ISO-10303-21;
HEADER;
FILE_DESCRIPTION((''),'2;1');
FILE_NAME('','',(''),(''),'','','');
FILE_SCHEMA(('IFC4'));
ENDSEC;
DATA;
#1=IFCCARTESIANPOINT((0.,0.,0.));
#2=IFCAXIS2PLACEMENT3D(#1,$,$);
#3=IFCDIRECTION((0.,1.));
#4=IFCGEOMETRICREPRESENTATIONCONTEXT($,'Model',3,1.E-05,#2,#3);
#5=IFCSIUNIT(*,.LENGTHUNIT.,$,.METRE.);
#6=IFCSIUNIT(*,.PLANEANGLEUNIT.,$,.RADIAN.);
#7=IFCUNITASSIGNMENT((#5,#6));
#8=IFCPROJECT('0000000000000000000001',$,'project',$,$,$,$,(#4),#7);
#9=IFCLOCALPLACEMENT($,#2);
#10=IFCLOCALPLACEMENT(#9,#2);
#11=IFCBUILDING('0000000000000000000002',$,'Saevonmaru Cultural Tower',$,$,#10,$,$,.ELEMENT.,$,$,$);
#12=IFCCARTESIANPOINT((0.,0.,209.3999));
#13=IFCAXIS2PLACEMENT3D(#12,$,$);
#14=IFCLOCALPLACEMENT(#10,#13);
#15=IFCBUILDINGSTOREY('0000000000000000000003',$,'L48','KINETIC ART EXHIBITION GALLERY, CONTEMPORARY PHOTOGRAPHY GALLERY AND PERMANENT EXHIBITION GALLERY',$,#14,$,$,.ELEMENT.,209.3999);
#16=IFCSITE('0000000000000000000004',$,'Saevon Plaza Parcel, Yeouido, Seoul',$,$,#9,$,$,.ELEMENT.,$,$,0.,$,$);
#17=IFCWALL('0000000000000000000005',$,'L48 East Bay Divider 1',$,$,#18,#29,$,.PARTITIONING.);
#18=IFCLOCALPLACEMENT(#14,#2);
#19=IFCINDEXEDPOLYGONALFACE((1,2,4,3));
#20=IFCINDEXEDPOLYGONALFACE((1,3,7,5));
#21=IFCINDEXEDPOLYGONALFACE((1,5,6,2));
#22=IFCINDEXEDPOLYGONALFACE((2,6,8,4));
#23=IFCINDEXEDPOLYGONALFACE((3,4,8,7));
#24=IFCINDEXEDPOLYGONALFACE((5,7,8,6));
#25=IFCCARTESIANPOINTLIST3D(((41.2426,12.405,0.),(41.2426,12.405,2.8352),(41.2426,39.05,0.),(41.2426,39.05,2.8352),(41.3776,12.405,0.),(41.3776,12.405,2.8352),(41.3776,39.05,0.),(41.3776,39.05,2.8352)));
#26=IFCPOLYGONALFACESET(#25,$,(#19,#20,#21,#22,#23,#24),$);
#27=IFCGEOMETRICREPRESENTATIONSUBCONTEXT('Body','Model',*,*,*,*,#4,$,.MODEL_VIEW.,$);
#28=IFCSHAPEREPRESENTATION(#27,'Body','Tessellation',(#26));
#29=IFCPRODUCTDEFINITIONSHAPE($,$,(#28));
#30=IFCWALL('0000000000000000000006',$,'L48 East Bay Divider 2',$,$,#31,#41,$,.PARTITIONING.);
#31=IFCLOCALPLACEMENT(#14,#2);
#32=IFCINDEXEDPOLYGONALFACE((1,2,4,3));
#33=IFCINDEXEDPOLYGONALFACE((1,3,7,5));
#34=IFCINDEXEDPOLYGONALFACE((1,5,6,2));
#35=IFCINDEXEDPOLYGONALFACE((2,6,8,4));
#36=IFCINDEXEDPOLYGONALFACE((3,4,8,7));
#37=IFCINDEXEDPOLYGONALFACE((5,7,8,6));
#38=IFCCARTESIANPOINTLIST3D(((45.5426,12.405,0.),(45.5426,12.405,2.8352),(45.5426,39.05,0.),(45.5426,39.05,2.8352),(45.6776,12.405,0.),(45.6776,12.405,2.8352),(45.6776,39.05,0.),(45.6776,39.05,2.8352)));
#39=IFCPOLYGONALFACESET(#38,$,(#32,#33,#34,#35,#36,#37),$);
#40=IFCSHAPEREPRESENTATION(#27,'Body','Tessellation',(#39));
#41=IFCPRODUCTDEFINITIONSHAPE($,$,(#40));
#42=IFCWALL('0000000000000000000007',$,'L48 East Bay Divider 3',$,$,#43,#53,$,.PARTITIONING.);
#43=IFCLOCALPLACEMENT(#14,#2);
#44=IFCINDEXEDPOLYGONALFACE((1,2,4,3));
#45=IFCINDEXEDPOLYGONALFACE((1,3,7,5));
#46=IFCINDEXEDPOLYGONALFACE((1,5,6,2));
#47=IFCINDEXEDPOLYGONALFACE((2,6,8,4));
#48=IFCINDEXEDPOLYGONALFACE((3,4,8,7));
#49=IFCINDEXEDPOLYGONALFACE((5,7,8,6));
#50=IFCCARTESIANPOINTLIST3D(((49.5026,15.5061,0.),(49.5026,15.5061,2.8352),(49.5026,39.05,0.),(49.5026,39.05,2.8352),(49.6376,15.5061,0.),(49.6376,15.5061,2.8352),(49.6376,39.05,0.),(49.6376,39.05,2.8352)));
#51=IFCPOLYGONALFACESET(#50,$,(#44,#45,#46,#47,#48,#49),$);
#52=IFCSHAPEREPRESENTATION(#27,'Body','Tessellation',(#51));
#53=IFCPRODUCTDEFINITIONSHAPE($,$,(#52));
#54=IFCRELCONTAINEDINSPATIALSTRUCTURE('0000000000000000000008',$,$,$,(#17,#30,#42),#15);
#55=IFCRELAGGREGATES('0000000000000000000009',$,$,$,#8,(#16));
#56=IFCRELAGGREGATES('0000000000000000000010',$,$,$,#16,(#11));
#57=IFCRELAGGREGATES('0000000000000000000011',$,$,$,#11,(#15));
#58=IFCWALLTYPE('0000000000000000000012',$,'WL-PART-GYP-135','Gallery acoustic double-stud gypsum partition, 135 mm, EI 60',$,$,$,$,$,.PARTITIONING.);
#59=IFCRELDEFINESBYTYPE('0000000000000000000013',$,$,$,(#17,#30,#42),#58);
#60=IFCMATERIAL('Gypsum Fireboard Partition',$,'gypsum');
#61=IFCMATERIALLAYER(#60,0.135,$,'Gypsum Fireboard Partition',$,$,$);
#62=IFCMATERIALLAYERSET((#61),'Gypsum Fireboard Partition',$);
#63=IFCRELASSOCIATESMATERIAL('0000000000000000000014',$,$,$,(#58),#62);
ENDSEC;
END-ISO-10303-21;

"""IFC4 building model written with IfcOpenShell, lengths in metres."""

from ifc_helpers import new_model, si_unit, direction, frame, frame_2d, origin, place, context, subcontext, project, spatial, rectangle, extrude, material, layer, layer_set, type_object, element, save


model = new_model("IFC4")

# Units and contexts
model_context = context("Model", 3, precision=1e-05, world=origin(), true_north=direction((0.0, 1.0)))
body_context = subcontext(model_context, "Body", "Model", "MODEL_VIEW")
ifc_project = project(units=[si_unit("LENGTHUNIT", "METRE"), si_unit("PLANEANGLEUNIT", "RADIAN")], contexts=[model_context])

# Site, building, storey
site_placement = place(None, origin())
site = spatial("IfcSite", under=ifc_project, at=site_placement, Name="Saevon Plaza Parcel, Yeouido, Seoul", CompositionType="ELEMENT", RefElevation=0.0)
building_placement = place(site_placement, origin())
building = spatial("IfcBuilding", under=site, at=building_placement, Name="Saevonmaru Cultural Tower", CompositionType="ELEMENT")
storey_placement = place(building_placement, frame((0.0, 0.0, 209.3999)))
storey = spatial("IfcBuildingStorey", under=building, at=storey_placement, Name="L48", Description="KINETIC ART EXHIBITION GALLERY, CONTEMPORARY PHOTOGRAPHY GALLERY AND PERMANENT EXHIBITION GALLERY", CompositionType="ELEMENT", Elevation=209.3999)

# Walls
ifc_material_1 = material(Name="Gypsum Fireboard Partition", Category="gypsum")
ifc_layer_1 = layer(ifc_material_1, 0.135, Name="Gypsum Fireboard Partition")
ifc_layer_set_1 = layer_set([ifc_layer_1], Name="Gypsum Fireboard Partition")
wall_type_1 = type_object("IfcWallType", Name="WL-PART-GYP-135", Description="Gallery acoustic double-stud gypsum partition, 135 mm, EI 60", PredefinedType="PARTITIONING", material=ifc_layer_set_1)
for number, where, z_axis, x_axis, name in (
    (1, (41.3101, 12.405, 0.0), (0.0, 0.0, 1.0), (0.0, 1.0, 0.0), "L48 East Bay Divider 1"),
    (2, (45.6101, 12.405, 0.0), (0.0, 0.0, 1.0), (0.0, 1.0, 0.0), "L48 East Bay Divider 2"),
):
    element("IfcWall", number, at=place(storey_placement, frame(where, z_axis=z_axis, x_axis=x_axis)), inside=storey, type_object=wall_type_1, Name=name, PredefinedType="PARTITIONING", context=body_context, shape_type="SweptSolid", body=[
        extrude(rectangle(XDim=26.645, YDim=0.135, at=frame_2d((13.3225, 0.0))), origin(), (0.0, 0.0, 1.0), 2.8352),
    ])
wall_1_placement = place(storey_placement, frame((49.5701, 15.5061, 0.0), z_axis=(0.0, 0.0, 1.0), x_axis=(0.0, 1.0, 0.0)))
element("IfcWall", 3, at=wall_1_placement, inside=storey, type_object=wall_type_1, Name="L48 East Bay Divider 3", PredefinedType="PARTITIONING", context=body_context, shape_type="SweptSolid", body=[
    extrude(rectangle(XDim=23.5439, YDim=0.135, at=frame_2d((11.772, 0.0))), origin(), (0.0, 0.0, 1.0), 2.8352),
])

save(model, "model.ifc")
